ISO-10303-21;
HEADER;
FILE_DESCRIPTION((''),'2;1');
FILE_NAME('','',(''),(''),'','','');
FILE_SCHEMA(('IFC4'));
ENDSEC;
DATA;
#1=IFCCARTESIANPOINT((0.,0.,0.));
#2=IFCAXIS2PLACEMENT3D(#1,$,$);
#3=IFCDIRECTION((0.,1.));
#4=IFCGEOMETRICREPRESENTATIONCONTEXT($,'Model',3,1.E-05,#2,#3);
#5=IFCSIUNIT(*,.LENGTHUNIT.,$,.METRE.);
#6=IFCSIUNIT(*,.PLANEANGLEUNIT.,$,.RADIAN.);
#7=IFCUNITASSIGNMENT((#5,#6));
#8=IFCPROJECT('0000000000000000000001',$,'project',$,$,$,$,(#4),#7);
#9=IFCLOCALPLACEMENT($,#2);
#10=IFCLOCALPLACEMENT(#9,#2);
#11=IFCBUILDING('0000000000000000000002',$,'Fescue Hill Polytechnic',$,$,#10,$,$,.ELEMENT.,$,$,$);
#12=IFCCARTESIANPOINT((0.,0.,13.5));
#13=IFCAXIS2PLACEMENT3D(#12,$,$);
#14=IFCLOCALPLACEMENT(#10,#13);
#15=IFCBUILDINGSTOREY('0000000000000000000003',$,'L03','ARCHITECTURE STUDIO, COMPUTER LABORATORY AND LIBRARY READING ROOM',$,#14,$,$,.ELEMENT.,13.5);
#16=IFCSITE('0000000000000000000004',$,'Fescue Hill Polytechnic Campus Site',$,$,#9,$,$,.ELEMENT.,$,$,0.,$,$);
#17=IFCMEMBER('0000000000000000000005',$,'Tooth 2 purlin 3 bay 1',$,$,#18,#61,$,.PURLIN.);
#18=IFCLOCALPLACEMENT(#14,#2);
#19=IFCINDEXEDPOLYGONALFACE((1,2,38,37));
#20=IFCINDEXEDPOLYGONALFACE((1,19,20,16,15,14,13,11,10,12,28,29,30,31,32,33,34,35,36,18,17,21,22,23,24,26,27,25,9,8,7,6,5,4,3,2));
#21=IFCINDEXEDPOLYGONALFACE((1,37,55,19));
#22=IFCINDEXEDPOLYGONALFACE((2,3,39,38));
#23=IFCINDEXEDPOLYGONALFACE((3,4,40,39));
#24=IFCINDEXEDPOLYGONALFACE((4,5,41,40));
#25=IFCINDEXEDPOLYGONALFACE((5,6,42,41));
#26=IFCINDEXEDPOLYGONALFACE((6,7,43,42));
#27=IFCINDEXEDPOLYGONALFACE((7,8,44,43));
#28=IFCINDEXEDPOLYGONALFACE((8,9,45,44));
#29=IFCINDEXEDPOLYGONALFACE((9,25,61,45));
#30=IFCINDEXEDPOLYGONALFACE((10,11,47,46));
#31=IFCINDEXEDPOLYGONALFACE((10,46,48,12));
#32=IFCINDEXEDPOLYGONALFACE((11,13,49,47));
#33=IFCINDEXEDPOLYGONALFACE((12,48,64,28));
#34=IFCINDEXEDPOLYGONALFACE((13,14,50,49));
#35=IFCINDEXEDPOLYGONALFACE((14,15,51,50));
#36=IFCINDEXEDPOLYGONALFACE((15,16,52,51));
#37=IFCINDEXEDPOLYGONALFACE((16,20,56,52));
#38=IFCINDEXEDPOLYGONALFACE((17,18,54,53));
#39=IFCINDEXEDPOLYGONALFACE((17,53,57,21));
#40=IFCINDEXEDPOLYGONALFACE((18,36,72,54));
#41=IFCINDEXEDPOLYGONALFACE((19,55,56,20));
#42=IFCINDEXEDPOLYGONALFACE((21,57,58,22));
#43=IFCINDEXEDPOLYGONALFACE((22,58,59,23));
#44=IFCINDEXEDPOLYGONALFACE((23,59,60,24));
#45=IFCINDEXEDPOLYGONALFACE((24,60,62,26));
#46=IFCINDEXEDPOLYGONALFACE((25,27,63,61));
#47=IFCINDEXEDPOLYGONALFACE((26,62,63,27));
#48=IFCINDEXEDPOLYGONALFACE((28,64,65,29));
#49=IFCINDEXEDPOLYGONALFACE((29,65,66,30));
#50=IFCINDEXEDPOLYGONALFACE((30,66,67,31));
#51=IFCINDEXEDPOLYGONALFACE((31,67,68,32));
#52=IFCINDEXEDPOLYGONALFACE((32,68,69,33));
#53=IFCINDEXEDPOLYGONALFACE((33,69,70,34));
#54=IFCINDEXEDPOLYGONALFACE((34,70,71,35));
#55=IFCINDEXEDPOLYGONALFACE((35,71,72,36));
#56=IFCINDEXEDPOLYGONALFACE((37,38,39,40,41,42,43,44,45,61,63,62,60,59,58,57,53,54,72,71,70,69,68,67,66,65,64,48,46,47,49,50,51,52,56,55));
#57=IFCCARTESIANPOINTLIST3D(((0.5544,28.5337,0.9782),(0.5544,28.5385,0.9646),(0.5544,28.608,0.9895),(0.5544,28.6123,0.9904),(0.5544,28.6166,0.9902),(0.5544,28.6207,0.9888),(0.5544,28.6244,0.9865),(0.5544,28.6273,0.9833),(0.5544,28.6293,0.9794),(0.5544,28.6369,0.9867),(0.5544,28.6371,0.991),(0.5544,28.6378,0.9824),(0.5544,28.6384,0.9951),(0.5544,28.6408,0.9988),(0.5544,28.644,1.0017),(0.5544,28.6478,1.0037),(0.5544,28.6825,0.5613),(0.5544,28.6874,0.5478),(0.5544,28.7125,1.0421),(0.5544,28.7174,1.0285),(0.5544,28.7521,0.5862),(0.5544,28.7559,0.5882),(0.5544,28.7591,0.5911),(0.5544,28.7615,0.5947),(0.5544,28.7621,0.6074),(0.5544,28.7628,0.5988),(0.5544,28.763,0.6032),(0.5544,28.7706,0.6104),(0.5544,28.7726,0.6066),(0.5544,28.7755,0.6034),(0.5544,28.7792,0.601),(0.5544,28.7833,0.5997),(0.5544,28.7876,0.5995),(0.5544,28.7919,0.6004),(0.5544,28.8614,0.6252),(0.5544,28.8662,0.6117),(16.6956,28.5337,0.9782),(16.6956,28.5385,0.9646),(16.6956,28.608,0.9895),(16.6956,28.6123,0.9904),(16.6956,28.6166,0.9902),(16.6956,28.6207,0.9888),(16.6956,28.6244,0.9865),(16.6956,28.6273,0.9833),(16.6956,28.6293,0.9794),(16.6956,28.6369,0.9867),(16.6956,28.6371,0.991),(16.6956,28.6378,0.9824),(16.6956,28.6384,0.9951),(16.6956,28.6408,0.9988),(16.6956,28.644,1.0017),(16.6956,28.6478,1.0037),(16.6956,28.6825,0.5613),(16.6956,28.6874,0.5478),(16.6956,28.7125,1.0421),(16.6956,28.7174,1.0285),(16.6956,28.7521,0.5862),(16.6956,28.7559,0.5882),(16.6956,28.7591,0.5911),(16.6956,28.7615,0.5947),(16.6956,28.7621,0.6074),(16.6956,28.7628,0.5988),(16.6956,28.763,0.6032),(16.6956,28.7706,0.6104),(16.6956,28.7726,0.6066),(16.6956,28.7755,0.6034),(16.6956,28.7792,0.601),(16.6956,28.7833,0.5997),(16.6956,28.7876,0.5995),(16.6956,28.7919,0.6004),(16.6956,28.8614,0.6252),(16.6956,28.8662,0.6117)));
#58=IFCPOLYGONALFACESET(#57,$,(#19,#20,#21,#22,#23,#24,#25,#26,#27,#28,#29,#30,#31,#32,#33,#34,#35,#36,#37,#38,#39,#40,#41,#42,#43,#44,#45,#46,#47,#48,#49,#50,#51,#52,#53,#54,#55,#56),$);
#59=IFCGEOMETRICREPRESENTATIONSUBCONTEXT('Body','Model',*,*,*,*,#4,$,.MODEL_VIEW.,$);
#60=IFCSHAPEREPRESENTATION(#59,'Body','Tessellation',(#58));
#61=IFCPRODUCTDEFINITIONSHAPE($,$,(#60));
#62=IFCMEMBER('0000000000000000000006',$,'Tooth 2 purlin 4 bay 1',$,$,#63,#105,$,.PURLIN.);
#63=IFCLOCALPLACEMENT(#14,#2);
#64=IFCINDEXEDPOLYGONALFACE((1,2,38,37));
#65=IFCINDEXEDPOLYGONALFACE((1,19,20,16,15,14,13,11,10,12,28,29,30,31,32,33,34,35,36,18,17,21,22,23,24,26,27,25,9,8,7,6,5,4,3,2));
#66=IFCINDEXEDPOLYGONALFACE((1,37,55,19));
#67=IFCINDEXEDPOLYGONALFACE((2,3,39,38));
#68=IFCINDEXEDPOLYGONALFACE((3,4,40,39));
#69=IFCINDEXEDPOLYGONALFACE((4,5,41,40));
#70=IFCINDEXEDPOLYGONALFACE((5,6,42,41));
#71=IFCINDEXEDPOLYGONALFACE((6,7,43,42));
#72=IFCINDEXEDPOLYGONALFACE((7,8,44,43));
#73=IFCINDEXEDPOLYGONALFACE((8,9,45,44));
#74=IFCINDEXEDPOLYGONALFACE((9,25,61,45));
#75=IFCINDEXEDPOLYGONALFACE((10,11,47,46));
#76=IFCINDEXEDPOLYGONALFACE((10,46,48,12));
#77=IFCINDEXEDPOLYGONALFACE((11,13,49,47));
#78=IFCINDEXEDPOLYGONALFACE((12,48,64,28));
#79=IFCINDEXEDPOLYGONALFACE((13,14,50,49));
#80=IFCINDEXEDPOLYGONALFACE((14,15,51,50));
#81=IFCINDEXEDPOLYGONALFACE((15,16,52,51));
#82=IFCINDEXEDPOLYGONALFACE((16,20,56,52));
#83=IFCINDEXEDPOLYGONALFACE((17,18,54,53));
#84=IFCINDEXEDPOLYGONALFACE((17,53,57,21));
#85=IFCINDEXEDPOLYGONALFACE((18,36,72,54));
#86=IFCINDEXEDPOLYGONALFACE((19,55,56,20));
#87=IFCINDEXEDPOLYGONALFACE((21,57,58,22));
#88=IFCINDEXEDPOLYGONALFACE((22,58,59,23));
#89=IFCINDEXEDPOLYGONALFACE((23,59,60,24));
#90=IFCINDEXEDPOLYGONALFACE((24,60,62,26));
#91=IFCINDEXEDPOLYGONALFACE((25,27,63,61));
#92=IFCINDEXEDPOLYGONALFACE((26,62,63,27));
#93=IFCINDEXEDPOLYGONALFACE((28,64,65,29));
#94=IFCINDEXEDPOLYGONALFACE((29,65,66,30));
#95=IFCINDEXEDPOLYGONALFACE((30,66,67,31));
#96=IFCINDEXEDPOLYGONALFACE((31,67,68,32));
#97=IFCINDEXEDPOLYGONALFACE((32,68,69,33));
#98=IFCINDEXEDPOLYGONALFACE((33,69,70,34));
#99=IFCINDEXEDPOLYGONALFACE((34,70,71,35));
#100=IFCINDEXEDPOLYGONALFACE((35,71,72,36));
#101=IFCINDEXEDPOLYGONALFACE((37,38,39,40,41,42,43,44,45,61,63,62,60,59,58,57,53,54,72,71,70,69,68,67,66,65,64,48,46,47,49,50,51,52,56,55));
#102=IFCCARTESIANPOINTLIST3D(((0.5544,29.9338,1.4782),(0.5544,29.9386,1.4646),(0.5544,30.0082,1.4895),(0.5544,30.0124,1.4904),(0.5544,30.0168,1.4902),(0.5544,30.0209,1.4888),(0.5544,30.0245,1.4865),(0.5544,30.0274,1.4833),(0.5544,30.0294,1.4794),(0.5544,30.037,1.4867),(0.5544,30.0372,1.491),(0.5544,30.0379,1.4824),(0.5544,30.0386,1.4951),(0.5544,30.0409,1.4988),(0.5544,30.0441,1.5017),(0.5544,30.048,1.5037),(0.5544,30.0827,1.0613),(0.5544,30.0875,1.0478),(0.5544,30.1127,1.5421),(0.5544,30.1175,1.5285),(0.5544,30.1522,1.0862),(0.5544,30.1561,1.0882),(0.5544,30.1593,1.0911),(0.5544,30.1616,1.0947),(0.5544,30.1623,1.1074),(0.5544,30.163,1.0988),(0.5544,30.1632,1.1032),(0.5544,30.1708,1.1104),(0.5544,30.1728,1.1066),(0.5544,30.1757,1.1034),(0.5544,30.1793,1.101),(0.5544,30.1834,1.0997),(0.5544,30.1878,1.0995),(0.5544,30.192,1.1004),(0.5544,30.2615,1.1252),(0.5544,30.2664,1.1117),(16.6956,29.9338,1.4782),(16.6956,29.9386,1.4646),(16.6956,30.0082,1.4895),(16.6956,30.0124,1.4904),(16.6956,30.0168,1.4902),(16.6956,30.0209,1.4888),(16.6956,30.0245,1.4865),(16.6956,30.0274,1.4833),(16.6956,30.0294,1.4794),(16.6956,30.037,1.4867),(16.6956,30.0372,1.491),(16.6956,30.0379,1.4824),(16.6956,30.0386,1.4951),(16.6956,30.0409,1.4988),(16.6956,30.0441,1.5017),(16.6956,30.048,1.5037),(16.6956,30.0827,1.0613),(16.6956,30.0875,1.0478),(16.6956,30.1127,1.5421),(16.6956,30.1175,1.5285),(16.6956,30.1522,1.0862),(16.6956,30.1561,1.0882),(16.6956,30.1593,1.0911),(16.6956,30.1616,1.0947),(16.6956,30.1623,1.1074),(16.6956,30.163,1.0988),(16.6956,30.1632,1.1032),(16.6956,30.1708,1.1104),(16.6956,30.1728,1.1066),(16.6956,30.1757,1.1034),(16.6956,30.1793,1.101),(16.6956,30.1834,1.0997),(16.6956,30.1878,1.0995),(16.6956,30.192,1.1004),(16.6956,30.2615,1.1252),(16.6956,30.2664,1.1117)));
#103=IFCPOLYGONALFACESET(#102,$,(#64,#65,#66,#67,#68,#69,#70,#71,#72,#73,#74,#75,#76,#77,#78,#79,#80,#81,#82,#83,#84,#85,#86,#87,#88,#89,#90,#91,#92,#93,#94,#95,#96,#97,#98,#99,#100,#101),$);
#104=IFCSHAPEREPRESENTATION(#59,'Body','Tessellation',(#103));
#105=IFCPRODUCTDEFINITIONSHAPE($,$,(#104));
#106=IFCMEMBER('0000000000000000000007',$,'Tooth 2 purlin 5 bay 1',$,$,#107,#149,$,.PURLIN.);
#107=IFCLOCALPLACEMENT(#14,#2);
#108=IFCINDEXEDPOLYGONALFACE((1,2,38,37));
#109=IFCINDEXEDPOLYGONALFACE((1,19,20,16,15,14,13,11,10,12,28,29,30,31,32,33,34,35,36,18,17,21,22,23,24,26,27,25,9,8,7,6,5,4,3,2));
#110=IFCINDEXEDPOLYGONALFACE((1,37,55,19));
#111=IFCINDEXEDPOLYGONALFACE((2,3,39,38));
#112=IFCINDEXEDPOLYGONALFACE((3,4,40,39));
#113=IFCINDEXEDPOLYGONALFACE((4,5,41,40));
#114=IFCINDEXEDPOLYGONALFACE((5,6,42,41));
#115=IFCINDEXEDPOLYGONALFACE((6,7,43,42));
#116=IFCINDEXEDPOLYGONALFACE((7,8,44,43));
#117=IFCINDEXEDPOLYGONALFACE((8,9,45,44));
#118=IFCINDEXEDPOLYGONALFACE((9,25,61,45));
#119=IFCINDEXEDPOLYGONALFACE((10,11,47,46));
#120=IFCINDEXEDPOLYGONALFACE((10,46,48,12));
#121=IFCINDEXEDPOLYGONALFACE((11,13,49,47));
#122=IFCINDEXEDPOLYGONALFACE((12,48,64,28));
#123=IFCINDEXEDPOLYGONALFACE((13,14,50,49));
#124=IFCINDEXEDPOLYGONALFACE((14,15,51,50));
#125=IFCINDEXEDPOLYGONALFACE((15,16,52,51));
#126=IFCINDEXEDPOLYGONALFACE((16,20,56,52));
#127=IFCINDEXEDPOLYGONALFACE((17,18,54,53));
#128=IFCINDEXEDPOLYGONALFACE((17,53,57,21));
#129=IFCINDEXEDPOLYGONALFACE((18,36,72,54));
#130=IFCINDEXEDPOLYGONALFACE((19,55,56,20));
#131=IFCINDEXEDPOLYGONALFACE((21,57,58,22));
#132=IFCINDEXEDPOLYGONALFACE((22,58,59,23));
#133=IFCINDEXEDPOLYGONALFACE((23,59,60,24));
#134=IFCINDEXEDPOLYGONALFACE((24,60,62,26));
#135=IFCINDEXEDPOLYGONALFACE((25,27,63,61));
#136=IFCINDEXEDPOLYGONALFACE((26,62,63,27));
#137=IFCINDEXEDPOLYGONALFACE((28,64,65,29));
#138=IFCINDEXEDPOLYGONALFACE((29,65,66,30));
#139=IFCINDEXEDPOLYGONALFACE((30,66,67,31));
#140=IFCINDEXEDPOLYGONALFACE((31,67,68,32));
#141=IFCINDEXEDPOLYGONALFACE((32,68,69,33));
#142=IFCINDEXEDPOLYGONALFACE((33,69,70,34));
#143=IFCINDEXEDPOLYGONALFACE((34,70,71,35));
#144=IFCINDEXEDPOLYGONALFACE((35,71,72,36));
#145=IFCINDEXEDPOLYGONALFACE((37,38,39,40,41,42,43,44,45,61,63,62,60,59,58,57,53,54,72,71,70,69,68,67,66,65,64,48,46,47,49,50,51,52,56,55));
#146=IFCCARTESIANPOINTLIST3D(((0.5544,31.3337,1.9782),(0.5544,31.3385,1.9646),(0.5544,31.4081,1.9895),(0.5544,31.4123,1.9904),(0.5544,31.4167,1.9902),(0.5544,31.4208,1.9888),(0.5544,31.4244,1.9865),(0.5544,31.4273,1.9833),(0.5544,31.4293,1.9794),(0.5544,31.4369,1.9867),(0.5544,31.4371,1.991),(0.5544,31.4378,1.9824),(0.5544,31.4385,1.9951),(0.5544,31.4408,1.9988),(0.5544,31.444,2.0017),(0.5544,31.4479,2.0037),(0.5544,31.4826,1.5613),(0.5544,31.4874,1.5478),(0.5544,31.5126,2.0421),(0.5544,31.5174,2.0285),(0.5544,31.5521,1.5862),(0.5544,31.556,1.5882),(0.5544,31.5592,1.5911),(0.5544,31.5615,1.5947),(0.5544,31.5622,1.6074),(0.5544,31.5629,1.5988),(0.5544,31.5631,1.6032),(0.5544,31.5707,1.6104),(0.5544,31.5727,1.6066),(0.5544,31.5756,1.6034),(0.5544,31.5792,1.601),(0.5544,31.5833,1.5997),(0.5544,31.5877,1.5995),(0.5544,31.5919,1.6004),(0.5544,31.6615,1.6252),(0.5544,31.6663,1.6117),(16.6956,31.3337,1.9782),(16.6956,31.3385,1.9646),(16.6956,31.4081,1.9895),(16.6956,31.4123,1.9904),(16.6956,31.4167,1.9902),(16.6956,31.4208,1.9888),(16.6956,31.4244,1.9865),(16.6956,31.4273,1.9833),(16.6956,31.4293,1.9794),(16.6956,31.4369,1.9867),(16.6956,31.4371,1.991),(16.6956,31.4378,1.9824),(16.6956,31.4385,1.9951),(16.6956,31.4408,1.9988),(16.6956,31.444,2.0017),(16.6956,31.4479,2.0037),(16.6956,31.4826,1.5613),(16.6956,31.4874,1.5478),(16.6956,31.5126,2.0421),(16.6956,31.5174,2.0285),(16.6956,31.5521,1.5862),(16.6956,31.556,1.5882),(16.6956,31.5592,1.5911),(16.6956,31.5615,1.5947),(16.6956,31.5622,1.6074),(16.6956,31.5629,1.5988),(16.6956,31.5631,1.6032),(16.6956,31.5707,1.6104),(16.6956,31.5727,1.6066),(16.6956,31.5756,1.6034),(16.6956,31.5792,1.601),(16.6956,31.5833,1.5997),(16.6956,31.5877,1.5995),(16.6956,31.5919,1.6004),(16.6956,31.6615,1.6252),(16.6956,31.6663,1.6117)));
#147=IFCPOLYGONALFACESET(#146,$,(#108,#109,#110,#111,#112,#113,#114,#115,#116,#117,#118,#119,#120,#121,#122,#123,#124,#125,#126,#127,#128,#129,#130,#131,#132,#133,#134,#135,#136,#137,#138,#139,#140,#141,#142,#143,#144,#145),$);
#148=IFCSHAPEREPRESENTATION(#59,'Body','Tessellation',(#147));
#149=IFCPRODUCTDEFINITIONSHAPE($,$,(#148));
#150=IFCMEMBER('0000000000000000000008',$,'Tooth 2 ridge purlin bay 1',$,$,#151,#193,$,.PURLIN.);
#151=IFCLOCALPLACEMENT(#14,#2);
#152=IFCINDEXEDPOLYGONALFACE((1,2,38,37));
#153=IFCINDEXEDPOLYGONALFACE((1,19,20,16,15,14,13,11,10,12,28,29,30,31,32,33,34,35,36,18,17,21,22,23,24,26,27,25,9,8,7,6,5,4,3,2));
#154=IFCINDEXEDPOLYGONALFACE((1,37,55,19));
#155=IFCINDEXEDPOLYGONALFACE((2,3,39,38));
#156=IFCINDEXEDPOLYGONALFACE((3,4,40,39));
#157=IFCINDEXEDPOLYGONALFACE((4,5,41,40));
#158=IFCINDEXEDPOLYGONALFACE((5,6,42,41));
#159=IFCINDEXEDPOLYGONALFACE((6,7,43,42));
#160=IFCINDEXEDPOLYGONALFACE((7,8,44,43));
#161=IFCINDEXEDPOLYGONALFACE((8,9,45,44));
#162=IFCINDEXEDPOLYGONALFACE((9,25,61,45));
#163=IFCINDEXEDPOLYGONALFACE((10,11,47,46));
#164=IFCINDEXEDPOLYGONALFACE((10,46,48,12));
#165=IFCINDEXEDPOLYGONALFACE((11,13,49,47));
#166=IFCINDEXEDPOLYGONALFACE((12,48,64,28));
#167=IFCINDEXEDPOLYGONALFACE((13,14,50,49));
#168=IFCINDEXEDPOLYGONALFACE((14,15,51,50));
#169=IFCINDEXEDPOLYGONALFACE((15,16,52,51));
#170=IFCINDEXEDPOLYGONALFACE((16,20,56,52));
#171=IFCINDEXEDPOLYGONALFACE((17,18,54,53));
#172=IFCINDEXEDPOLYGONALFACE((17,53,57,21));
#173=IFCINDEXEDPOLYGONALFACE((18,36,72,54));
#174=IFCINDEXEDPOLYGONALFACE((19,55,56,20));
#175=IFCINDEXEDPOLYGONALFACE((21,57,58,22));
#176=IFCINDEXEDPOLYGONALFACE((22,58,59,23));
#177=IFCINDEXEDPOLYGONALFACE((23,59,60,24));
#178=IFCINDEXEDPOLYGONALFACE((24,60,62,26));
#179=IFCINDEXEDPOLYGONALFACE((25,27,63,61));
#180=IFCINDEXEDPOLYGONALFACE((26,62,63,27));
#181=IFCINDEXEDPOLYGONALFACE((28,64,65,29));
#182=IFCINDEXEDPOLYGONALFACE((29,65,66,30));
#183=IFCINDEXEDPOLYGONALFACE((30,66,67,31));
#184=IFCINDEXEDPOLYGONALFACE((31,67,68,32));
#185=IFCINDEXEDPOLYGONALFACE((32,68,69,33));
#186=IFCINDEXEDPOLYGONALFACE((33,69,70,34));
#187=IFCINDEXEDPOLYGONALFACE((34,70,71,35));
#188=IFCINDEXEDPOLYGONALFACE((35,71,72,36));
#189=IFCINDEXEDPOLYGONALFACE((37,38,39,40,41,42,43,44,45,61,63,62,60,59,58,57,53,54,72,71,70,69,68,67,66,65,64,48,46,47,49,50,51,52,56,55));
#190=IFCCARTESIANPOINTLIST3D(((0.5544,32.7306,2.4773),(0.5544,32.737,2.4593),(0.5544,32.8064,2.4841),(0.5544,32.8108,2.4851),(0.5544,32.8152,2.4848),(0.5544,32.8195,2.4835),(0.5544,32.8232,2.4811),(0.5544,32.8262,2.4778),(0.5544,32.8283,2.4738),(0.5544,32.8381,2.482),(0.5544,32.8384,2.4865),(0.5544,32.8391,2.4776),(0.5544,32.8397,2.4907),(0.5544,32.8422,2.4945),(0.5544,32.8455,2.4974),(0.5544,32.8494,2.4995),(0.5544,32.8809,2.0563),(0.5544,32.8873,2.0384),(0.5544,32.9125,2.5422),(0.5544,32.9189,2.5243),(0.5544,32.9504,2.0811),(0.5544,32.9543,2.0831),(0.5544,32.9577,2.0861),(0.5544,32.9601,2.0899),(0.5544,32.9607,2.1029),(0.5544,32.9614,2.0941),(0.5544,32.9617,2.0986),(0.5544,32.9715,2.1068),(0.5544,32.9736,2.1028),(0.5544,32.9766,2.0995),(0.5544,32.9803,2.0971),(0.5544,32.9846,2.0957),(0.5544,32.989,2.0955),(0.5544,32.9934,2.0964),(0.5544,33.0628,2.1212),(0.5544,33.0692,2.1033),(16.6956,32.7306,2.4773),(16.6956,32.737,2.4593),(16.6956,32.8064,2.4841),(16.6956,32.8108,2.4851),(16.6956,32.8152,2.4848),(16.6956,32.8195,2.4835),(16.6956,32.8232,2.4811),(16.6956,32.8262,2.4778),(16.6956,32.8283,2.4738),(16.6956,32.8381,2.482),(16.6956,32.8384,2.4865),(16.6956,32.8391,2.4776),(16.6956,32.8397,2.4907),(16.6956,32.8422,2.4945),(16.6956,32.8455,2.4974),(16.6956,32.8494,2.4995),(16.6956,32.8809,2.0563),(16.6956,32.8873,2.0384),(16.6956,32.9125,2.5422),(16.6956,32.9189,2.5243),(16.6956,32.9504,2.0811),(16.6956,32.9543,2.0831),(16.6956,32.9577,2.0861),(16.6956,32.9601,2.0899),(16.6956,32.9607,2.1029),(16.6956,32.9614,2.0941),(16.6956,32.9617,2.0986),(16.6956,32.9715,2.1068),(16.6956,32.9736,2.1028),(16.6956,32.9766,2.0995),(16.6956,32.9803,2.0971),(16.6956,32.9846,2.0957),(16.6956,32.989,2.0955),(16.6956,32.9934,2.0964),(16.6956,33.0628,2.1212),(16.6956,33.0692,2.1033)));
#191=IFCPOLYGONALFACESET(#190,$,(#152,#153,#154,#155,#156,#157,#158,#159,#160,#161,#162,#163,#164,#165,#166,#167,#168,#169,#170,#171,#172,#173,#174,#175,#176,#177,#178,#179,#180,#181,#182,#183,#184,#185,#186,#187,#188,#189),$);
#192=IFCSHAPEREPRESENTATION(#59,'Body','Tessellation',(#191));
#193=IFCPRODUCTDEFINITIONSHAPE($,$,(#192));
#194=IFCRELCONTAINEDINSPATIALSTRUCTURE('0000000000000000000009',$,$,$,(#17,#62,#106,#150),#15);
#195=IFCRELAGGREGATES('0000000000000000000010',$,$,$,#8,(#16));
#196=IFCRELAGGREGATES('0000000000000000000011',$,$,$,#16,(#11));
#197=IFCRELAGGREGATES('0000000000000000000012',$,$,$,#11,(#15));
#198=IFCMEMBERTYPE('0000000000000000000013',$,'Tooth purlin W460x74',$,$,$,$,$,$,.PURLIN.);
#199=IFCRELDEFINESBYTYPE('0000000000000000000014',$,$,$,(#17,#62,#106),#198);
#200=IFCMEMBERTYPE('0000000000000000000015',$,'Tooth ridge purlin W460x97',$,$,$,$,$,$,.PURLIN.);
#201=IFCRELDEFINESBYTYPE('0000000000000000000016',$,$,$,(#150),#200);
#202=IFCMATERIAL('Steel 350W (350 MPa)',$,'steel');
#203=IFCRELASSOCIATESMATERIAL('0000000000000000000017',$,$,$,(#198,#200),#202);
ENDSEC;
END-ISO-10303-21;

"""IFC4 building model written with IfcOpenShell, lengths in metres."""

from ifc_helpers import new_model, si_unit, direction, frame, origin, origin_2d, place, context, subcontext, project, spatial, i_section, extrude, material, material_profile, profile_set, type_object, element, save


model = new_model("IFC4")

# Units and contexts
model_context = context("Model", 3, precision=1e-05, world=origin(), true_north=direction((0.0, 1.0)))
body_context = subcontext(model_context, "Body", "Model", "MODEL_VIEW")
ifc_project = project(units=[si_unit("LENGTHUNIT", "METRE"), si_unit("PLANEANGLEUNIT", "RADIAN")], contexts=[model_context])

# Site, building, storey
site_placement = place(None, origin())
site = spatial("IfcSite", under=ifc_project, at=site_placement, Name="Fescue Hill Polytechnic Campus Site", CompositionType="ELEMENT", RefElevation=0.0)
building_placement = place(site_placement, origin())
building = spatial("IfcBuilding", under=site, at=building_placement, Name="Fescue Hill Polytechnic", CompositionType="ELEMENT")
storey_placement = place(building_placement, frame((0.0, 0.0, 13.5)))
storey = spatial("IfcBuildingStorey", under=building, at=storey_placement, Name="L03", Description="ARCHITECTURE STUDIO, COMPUTER LABORATORY AND LIBRARY READING ROOM", CompositionType="ELEMENT", Elevation=13.5)

# Members
ifc_material_1 = material(Name="Steel 350W (350 MPa)", Category="steel")
ifc_material_profile_1 = material_profile(ifc_material_1, i_section(OverallWidth=0.1899, OverallDepth=0.457, WebThickness=0.009, FlangeThickness=0.0144, FilletRadius=0.0166, at=origin_2d()), Name="W460x74")
ifc_profile_set_1 = profile_set([ifc_material_profile_1], Name="Steel 350W (350 MPa)")
member_type_1 = type_object("IfcMemberType", Name="Tooth purlin W460x74", PredefinedType="PURLIN", material=ifc_profile_set_1)
for number, where, z_axis, x_axis, name in (
    (1, (0.5544, 28.7, 0.7949), (1.0, 0.0, 0.0), (0.0, 0.941742, 0.336336), "Tooth 2 purlin 3 bay 1"),
    (2, (0.5544, 30.1001, 1.2949), (1.0, 0.0, 0.0), (0.0, 0.941742, 0.336336), "Tooth 2 purlin 4 bay 1"),
    (3, (0.5544, 31.5, 1.7949), (1.0, 0.0, 0.0), (0.0, 0.941742, 0.336336), "Tooth 2 purlin 5 bay 1"),
):
    element("IfcMember", number, at=place(storey_placement, frame(where, z_axis=z_axis, x_axis=x_axis)), inside=storey, type_object=member_type_1, Name=name, PredefinedType="PURLIN", context=body_context, shape_type="SweptSolid", body=[
        extrude(i_section(OverallWidth=0.1899, OverallDepth=0.457, WebThickness=0.009, FlangeThickness=0.0144, FilletRadius=0.0166, at=origin_2d()), origin(), (0.0, 0.0, 1.0), 16.1411),
    ])
ifc_material_profile_2 = material_profile(ifc_material_1, i_section(OverallWidth=0.1931, OverallDepth=0.4661, WebThickness=0.0115, FlangeThickness=0.019, FilletRadius=0.0171, at=origin_2d()), Name="W460x97")
ifc_profile_set_2 = profile_set([ifc_material_profile_2], Name="Steel 350W (350 MPa)")
member_type_2 = type_object("IfcMemberType", Name="Tooth ridge purlin W460x97", PredefinedType="PURLIN", material=ifc_profile_set_2)
member_1_placement = place(storey_placement, frame((0.5544, 32.8999, 2.2903), z_axis=(1.0, 0.0, 0.0), x_axis=(0.0, 0.941742, 0.336336)))
element("IfcMember", 4, at=member_1_placement, inside=storey, type_object=member_type_2, Name="Tooth 2 ridge purlin bay 1", PredefinedType="PURLIN", context=body_context, shape_type="SweptSolid", body=[
    extrude(i_section(OverallWidth=0.1931, OverallDepth=0.4661, WebThickness=0.0115, FlangeThickness=0.019, FilletRadius=0.0171, at=origin_2d()), origin(), (0.0, 0.0, 1.0), 16.1411),
])

save(model, "model.ifc")
